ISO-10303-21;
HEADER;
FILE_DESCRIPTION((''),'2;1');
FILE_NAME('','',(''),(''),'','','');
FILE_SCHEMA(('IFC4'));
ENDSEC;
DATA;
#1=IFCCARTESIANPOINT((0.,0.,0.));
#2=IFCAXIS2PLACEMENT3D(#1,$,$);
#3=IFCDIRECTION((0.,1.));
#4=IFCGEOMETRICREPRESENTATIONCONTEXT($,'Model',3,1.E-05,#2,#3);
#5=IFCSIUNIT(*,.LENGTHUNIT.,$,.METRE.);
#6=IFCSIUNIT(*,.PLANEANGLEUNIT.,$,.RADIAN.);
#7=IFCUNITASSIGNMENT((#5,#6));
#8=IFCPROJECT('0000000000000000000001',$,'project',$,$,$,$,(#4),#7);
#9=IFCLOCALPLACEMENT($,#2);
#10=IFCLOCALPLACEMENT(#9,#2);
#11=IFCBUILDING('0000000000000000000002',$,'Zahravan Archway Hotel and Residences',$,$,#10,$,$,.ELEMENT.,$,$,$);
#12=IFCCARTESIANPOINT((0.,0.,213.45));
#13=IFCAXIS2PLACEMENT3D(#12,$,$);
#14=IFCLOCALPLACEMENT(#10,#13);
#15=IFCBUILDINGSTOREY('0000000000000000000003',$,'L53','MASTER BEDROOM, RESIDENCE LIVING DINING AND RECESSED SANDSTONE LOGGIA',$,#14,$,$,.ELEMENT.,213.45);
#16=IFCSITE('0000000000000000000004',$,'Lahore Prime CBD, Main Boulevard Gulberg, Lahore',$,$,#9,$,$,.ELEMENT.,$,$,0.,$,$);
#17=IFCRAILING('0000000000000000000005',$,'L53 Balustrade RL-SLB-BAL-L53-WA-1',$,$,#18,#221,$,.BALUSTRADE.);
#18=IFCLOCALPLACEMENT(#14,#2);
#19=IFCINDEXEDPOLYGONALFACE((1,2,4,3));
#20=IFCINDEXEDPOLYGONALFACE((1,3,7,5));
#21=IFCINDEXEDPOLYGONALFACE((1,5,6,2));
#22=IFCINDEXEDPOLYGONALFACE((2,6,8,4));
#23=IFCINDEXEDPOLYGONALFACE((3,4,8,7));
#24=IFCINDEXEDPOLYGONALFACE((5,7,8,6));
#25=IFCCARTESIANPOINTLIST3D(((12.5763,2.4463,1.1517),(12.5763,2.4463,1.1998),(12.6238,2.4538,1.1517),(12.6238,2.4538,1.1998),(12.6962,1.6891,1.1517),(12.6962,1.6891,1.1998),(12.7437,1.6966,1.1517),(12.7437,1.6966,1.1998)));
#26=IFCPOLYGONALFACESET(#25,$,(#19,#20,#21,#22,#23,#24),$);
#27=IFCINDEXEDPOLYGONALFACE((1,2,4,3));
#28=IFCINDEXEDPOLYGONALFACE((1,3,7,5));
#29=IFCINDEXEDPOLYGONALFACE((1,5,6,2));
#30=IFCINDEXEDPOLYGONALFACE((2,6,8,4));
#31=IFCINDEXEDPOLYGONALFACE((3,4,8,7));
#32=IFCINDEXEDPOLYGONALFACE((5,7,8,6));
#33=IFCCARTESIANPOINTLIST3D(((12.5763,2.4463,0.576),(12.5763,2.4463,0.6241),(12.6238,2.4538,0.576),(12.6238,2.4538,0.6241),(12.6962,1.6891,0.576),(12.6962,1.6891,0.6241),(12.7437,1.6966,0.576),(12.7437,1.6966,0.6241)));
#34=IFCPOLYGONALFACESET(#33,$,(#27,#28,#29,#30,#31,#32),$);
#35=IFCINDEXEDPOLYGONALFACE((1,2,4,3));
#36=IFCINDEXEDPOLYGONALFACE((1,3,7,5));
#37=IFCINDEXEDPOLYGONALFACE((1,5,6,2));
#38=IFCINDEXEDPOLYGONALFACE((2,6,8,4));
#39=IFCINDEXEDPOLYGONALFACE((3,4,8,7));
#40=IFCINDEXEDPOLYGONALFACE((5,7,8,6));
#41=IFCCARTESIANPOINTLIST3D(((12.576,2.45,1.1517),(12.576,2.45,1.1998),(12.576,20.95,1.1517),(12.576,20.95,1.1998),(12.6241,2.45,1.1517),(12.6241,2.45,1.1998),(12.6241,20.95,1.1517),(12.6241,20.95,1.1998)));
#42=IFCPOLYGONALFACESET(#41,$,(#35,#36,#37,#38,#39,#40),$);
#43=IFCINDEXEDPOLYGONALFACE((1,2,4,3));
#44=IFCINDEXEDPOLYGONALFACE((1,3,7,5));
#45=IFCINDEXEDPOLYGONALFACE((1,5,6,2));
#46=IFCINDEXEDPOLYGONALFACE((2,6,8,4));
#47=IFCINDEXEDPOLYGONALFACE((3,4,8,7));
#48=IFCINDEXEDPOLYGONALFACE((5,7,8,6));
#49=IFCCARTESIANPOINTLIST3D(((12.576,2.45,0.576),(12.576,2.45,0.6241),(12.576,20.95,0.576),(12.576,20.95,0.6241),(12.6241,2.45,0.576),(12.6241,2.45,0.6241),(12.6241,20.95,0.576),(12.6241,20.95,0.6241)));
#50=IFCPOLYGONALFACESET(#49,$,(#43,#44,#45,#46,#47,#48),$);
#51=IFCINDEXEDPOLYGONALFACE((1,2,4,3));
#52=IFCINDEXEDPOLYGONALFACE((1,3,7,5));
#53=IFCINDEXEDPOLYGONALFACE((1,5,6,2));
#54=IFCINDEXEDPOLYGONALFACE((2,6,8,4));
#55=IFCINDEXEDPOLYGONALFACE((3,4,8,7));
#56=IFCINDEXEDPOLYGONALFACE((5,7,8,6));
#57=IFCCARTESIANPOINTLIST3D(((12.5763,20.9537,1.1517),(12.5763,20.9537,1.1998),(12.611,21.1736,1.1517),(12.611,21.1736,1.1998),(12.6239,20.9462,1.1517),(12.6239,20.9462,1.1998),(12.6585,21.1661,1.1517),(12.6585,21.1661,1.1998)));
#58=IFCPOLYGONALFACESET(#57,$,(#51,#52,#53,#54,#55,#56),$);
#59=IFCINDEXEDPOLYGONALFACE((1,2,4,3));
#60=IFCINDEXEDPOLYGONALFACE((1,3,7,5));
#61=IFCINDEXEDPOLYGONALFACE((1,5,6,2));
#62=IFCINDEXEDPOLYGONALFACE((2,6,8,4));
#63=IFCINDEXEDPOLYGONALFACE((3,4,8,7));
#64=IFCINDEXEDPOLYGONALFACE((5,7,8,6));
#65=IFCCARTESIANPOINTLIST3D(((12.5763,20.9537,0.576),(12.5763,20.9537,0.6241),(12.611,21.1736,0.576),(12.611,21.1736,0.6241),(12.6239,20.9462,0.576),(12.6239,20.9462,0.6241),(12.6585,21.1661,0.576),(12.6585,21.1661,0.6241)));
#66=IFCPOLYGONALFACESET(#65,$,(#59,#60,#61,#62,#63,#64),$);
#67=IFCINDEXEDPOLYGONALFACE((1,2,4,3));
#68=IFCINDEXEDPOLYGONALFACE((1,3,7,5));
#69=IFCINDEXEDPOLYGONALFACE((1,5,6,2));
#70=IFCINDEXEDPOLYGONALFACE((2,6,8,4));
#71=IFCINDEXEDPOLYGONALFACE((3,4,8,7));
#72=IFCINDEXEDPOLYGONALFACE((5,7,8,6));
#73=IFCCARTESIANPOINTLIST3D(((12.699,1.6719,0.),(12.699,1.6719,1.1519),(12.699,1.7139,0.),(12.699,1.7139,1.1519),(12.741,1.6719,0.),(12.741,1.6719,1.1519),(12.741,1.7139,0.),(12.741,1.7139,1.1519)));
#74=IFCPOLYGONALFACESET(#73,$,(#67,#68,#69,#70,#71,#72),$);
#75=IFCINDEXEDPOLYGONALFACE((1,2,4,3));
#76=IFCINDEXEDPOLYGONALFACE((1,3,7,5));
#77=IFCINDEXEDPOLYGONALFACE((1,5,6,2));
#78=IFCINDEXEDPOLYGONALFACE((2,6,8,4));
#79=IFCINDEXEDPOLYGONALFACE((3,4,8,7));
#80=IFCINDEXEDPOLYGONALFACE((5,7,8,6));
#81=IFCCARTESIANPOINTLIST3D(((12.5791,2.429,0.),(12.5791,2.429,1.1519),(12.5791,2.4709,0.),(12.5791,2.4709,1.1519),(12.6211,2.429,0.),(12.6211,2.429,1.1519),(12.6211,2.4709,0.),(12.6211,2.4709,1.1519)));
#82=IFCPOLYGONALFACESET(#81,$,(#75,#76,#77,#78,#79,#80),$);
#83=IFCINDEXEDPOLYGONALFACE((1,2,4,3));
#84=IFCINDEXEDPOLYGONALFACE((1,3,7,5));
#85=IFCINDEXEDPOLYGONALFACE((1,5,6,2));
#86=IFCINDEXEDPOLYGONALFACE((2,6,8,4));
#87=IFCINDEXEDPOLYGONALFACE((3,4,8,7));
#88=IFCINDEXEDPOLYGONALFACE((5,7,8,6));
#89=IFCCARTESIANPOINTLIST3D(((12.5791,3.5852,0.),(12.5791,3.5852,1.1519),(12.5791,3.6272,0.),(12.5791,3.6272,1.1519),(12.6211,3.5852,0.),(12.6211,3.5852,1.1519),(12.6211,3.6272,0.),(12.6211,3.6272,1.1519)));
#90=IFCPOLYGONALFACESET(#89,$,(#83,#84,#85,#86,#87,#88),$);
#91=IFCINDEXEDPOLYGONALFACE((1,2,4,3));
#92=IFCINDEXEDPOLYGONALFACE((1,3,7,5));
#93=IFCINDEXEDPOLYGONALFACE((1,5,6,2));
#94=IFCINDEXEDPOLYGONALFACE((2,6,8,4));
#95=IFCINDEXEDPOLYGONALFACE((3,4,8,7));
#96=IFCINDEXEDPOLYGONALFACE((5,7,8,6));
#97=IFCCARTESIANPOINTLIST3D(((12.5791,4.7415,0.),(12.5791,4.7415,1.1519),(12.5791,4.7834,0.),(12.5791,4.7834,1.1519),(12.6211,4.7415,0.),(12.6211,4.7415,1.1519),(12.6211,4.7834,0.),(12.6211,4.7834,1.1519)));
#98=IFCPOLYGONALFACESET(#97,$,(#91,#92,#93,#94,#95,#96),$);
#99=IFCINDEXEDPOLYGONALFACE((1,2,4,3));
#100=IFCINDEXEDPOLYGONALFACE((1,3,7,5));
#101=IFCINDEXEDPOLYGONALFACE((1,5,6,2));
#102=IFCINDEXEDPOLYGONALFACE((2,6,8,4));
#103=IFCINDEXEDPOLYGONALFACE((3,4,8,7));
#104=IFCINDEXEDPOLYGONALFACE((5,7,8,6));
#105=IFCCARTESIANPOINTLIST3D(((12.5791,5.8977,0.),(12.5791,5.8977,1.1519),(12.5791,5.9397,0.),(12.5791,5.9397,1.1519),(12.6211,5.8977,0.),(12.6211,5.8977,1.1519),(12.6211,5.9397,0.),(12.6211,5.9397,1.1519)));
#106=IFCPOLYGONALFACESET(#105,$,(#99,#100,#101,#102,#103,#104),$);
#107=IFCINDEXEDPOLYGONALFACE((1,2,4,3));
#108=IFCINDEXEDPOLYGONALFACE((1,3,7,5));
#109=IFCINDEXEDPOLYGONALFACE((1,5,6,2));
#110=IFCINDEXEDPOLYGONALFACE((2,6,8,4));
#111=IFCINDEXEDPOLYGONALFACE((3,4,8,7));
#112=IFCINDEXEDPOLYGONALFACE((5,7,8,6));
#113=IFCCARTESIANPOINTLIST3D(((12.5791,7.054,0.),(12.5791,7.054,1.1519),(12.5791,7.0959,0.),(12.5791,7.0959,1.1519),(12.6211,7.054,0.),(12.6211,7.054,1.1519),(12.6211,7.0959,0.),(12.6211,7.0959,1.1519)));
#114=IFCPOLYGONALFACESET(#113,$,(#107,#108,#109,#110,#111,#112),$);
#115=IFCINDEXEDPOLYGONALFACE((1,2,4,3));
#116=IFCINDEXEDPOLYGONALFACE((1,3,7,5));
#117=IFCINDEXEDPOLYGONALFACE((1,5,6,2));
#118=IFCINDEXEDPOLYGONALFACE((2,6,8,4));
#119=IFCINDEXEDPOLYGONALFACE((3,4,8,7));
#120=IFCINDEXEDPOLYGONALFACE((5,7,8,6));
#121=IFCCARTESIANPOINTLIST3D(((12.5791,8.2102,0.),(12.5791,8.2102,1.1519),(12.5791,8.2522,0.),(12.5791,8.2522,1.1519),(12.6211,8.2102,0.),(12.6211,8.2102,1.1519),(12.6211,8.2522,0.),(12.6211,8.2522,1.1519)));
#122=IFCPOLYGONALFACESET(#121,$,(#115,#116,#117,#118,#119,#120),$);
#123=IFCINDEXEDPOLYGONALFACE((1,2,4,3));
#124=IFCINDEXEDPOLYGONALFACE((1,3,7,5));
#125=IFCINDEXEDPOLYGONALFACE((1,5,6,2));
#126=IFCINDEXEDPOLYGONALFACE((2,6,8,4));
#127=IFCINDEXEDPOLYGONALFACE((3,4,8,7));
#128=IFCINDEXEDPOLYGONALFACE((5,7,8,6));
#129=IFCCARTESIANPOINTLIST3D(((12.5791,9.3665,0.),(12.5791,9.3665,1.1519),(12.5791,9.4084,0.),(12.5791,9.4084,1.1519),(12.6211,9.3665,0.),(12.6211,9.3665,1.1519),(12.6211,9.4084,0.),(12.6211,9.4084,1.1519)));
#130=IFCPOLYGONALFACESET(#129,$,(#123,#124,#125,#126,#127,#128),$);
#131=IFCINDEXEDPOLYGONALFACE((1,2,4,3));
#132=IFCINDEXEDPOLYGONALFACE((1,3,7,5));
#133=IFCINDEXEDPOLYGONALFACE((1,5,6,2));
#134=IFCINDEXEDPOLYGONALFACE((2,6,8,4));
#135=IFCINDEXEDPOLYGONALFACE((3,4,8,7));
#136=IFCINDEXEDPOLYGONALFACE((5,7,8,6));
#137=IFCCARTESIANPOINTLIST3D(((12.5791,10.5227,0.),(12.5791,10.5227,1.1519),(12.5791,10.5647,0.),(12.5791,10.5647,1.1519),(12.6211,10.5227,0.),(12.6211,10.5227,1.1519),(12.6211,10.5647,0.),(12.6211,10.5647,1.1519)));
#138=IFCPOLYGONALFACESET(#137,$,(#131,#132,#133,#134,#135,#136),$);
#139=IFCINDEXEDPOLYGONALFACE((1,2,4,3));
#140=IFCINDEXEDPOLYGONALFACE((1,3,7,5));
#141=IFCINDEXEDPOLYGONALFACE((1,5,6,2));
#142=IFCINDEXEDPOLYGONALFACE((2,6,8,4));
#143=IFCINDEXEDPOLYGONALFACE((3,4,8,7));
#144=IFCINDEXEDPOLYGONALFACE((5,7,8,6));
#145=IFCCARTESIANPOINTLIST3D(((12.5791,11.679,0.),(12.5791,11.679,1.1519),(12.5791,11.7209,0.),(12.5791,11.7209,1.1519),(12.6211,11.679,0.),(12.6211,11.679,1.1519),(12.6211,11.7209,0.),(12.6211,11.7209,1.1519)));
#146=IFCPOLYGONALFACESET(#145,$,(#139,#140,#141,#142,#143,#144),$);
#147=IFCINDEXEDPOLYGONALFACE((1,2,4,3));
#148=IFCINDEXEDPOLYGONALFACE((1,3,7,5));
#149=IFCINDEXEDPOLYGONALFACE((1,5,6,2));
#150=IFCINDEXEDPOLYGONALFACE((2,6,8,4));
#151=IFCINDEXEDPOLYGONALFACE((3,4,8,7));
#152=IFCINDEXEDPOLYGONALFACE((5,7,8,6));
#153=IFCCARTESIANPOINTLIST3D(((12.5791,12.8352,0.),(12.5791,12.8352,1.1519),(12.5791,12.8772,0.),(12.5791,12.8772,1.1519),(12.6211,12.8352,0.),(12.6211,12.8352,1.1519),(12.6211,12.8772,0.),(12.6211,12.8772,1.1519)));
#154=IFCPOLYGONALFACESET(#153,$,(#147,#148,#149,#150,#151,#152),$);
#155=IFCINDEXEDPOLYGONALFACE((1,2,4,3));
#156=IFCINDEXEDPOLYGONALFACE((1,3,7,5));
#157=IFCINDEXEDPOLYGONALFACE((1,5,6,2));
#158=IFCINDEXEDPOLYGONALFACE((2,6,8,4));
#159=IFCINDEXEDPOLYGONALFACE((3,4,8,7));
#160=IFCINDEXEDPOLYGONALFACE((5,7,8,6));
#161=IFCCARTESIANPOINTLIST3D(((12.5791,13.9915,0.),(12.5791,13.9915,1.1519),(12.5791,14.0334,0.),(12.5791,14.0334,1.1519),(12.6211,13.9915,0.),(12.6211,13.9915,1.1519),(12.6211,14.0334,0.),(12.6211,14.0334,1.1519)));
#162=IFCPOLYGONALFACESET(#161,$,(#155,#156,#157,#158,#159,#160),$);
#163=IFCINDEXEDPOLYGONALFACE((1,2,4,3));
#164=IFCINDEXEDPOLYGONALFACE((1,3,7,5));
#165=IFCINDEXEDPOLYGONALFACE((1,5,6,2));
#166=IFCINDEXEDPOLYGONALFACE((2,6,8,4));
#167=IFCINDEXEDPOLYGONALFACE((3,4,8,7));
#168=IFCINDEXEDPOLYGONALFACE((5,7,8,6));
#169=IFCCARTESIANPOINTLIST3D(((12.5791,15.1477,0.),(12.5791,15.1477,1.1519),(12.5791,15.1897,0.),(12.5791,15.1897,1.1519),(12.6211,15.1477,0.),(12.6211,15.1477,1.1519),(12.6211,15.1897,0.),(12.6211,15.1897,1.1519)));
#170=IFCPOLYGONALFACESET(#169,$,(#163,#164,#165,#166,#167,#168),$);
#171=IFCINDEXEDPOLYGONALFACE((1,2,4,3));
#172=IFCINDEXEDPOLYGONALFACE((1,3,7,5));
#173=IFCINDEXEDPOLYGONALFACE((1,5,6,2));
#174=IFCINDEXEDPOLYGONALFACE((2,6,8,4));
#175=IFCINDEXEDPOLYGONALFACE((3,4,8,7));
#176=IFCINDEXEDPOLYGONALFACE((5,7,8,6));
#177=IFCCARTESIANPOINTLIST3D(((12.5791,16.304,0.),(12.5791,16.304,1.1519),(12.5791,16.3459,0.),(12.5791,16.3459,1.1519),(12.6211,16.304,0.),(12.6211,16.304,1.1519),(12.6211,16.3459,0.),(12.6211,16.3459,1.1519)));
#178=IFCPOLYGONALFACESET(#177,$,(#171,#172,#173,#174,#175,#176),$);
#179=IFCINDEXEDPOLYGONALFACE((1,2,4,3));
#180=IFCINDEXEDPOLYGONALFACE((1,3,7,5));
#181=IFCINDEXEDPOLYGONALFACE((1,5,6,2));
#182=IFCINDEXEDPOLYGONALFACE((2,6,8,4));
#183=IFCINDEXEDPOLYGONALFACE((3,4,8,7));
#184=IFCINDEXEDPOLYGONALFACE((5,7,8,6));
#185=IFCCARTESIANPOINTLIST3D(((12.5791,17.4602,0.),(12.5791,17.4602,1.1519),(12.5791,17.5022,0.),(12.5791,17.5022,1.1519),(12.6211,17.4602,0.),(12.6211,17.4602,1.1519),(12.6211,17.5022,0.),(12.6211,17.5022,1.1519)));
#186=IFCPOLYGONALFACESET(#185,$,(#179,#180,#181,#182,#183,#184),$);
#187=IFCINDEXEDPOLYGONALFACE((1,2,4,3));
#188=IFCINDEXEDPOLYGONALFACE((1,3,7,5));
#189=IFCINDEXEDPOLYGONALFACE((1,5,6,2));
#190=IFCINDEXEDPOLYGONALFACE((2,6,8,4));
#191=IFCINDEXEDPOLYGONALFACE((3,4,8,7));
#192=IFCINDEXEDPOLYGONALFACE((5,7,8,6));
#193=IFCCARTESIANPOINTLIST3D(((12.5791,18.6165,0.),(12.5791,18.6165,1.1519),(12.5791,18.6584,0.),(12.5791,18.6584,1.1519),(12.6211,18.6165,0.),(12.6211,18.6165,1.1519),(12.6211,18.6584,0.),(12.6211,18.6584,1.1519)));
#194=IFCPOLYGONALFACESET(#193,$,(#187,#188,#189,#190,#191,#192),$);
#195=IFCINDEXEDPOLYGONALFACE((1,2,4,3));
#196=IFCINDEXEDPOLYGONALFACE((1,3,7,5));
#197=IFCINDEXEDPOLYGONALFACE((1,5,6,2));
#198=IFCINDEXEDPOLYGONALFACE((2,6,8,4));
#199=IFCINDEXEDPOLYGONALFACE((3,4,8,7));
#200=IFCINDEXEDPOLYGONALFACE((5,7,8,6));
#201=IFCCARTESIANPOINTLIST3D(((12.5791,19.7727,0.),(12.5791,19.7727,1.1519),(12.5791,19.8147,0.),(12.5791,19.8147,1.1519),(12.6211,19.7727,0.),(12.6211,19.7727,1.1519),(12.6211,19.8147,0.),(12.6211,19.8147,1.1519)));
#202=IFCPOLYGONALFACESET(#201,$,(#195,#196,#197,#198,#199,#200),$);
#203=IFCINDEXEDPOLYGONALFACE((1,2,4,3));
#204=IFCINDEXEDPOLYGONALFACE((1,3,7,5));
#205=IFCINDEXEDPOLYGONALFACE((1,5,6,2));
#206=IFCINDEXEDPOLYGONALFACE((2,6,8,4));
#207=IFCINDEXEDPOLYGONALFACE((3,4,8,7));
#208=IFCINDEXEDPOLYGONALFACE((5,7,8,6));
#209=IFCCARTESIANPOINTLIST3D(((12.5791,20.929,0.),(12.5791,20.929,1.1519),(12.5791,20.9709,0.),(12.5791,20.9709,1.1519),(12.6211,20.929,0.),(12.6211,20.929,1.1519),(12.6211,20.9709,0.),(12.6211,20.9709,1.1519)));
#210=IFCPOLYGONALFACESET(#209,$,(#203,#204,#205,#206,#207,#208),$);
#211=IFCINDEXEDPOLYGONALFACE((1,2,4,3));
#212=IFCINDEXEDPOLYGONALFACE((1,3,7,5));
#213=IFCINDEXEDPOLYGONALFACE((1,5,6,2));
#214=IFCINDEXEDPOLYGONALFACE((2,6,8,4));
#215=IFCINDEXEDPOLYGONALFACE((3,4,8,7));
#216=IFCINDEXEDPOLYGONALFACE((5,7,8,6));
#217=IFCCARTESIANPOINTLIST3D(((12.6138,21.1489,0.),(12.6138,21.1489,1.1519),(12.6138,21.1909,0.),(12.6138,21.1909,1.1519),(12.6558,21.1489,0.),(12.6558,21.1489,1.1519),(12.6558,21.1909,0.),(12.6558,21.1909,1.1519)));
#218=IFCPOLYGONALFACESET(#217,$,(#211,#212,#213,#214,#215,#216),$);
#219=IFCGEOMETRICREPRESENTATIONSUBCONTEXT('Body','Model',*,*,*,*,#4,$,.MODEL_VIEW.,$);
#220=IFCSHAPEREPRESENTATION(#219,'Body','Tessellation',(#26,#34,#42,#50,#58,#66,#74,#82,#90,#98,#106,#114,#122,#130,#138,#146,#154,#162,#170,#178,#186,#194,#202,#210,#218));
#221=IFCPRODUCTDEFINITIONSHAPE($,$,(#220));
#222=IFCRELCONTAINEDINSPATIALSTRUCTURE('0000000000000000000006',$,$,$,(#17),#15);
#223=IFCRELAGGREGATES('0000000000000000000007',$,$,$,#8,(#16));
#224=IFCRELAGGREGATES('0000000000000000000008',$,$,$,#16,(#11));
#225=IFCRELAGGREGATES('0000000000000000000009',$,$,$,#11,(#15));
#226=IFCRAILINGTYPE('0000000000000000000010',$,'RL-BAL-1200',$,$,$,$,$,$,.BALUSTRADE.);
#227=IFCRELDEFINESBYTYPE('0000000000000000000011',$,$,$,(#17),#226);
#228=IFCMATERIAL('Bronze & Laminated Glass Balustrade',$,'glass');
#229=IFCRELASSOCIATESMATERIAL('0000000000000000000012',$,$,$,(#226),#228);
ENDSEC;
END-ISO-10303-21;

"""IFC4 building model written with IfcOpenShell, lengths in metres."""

from ifc_helpers import new_model, si_unit, direction, frame, origin, origin_2d, place, context, subcontext, project, spatial, rectangle, extrude, material, type_object, element, save


model = new_model("IFC4")

# Units and contexts
model_context = context("Model", 3, precision=1e-05, world=origin(), true_north=direction((0.0, 1.0)))
body_context = subcontext(model_context, "Body", "Model", "MODEL_VIEW")
ifc_project = project(units=[si_unit("LENGTHUNIT", "METRE"), si_unit("PLANEANGLEUNIT", "RADIAN")], contexts=[model_context])

# Site, building, storey
site_placement = place(None, origin())
site = spatial("IfcSite", under=ifc_project, at=site_placement, Name="Lahore Prime CBD, Main Boulevard Gulberg, Lahore", CompositionType="ELEMENT", RefElevation=0.0)
building_placement = place(site_placement, origin())
building = spatial("IfcBuilding", under=site, at=building_placement, Name="Zahravan Archway Hotel and Residences", CompositionType="ELEMENT")
storey_placement = place(building_placement, frame((0.0, 0.0, 213.45)))
storey = spatial("IfcBuildingStorey", under=building, at=storey_placement, Name="L53", Description="MASTER BEDROOM, RESIDENCE LIVING DINING AND RECESSED SANDSTONE LOGGIA", CompositionType="ELEMENT", Elevation=213.45)

# Railing
ifc_material_1 = material(Name="Bronze & Laminated Glass Balustrade", Category="glass")
railing_type = type_object("IfcRailingType", Name="RL-BAL-1200", PredefinedType="BALUSTRADE", material=ifc_material_1)
railing_placement = place(storey_placement, frame((12.72, 1.6929, 0.0)))
element("IfcRailing", 1, at=railing_placement, inside=storey, type_object=railing_type, Name="L53 Balustrade RL-SLB-BAL-L53-WA-1", PredefinedType="BALUSTRADE", context=body_context, shape_type="SweptSolid", body=[
    extrude(rectangle(XDim=0.0481, YDim=0.0481, at=origin_2d()), frame((0.0, 0.0, 1.1758), z_axis=(-0.156388, 0.987696, 0.0), x_axis=(-0.987696, -0.156388, 0.0)), (0.0, 0.0, 1.0), 0.7666),
    extrude(rectangle(XDim=0.0481, YDim=0.0481, at=origin_2d()), frame((0.0, 0.0, 0.6001), z_axis=(-0.156388, 0.987696, 0.0), x_axis=(-0.987696, -0.156388, 0.0)), (0.0, 0.0, 1.0), 0.7666),
    extrude(rectangle(XDim=0.0481, YDim=0.0481, at=origin_2d()), frame((-0.1199, 0.7571, 1.1758), z_axis=(0.0, 1.0, 0.0), x_axis=(-1.0, 0.0, 0.0)), (0.0, 0.0, 1.0), 18.5),
    extrude(rectangle(XDim=0.0481, YDim=0.0481, at=origin_2d()), frame((-0.1199, 0.7571, 0.6001), z_axis=(0.0, 1.0, 0.0), x_axis=(-1.0, 0.0, 0.0)), (0.0, 0.0, 1.0), 18.5),
    extrude(rectangle(XDim=0.0481, YDim=0.0481, at=origin_2d()), frame((-0.1199, 19.2571, 1.1758), z_axis=(0.155681, 0.987807, 0.0), x_axis=(-0.987807, 0.155681, 0.0)), (0.0, 0.0, 1.0), 0.2227),
    extrude(rectangle(XDim=0.0481, YDim=0.0481, at=origin_2d()), frame((-0.1199, 19.2571, 0.6001), z_axis=(0.155681, 0.987807, 0.0), x_axis=(-0.987807, 0.155681, 0.0)), (0.0, 0.0, 1.0), 0.2227),
    extrude(rectangle(XDim=0.042, YDim=0.042, at=origin_2d()), origin(), (0.0, 0.0, 1.0), 1.1519),
    extrude(rectangle(XDim=0.042, YDim=0.042, at=origin_2d()), frame((-0.1199, 0.7571, 0.0)), (0.0, 0.0, 1.0), 1.1519),
    extrude(rectangle(XDim=0.042, YDim=0.042, at=origin_2d()), frame((-0.1199, 1.9133, 0.0)), (0.0, 0.0, 1.0), 1.1519),
    extrude(rectangle(XDim=0.042, YDim=0.042, at=origin_2d()), frame((-0.1199, 3.0696, 0.0)), (0.0, 0.0, 1.0), 1.1519),
    extrude(rectangle(XDim=0.042, YDim=0.042, at=origin_2d()), frame((-0.1199, 4.2258, 0.0)), (0.0, 0.0, 1.0), 1.1519),
    extrude(rectangle(XDim=0.042, YDim=0.042, at=origin_2d()), frame((-0.1199, 5.3821, 0.0)), (0.0, 0.0, 1.0), 1.1519),
    extrude(rectangle(XDim=0.042, YDim=0.042, at=origin_2d()), frame((-0.1199, 6.5383, 0.0)), (0.0, 0.0, 1.0), 1.1519),
    extrude(rectangle(XDim=0.042, YDim=0.042, at=origin_2d()), frame((-0.1199, 7.6946, 0.0)), (0.0, 0.0, 1.0), 1.1519),
    extrude(rectangle(XDim=0.042, YDim=0.042, at=origin_2d()), frame((-0.1199, 8.8508, 0.0)), (0.0, 0.0, 1.0), 1.1519),
    extrude(rectangle(XDim=0.042, YDim=0.042, at=origin_2d()), frame((-0.1199, 10.0071, 0.0)), (0.0, 0.0, 1.0), 1.1519),
    extrude(rectangle(XDim=0.042, YDim=0.042, at=origin_2d()), frame((-0.1199, 11.1633, 0.0)), (0.0, 0.0, 1.0), 1.1519),
    extrude(rectangle(XDim=0.042, YDim=0.042, at=origin_2d()), frame((-0.1199, 12.3196, 0.0)), (0.0, 0.0, 1.0), 1.1519),
    extrude(rectangle(XDim=0.042, YDim=0.042, at=origin_2d()), frame((-0.1199, 13.4758, 0.0)), (0.0, 0.0, 1.0), 1.1519),
    extrude(rectangle(XDim=0.042, YDim=0.042, at=origin_2d()), frame((-0.1199, 14.6321, 0.0)), (0.0, 0.0, 1.0), 1.1519),
    extrude(rectangle(XDim=0.042, YDim=0.042, at=origin_2d()), frame((-0.1199, 15.7883, 0.0)), (0.0, 0.0, 1.0), 1.1519),
    extrude(rectangle(XDim=0.042, YDim=0.042, at=origin_2d()), frame((-0.1199, 16.9446, 0.0)), (0.0, 0.0, 1.0), 1.1519),
    extrude(rectangle(XDim=0.042, YDim=0.042, at=origin_2d()), frame((-0.1199, 18.1008, 0.0)), (0.0, 0.0, 1.0), 1.1519),
    extrude(rectangle(XDim=0.042, YDim=0.042, at=origin_2d()), frame((-0.1199, 19.2571, 0.0)), (0.0, 0.0, 1.0), 1.1519),
    extrude(rectangle(XDim=0.042, YDim=0.042, at=origin_2d()), frame((-0.0852, 19.4771, 0.0)), (0.0, 0.0, 1.0), 1.1519),
])

save(model, "model.ifc")
